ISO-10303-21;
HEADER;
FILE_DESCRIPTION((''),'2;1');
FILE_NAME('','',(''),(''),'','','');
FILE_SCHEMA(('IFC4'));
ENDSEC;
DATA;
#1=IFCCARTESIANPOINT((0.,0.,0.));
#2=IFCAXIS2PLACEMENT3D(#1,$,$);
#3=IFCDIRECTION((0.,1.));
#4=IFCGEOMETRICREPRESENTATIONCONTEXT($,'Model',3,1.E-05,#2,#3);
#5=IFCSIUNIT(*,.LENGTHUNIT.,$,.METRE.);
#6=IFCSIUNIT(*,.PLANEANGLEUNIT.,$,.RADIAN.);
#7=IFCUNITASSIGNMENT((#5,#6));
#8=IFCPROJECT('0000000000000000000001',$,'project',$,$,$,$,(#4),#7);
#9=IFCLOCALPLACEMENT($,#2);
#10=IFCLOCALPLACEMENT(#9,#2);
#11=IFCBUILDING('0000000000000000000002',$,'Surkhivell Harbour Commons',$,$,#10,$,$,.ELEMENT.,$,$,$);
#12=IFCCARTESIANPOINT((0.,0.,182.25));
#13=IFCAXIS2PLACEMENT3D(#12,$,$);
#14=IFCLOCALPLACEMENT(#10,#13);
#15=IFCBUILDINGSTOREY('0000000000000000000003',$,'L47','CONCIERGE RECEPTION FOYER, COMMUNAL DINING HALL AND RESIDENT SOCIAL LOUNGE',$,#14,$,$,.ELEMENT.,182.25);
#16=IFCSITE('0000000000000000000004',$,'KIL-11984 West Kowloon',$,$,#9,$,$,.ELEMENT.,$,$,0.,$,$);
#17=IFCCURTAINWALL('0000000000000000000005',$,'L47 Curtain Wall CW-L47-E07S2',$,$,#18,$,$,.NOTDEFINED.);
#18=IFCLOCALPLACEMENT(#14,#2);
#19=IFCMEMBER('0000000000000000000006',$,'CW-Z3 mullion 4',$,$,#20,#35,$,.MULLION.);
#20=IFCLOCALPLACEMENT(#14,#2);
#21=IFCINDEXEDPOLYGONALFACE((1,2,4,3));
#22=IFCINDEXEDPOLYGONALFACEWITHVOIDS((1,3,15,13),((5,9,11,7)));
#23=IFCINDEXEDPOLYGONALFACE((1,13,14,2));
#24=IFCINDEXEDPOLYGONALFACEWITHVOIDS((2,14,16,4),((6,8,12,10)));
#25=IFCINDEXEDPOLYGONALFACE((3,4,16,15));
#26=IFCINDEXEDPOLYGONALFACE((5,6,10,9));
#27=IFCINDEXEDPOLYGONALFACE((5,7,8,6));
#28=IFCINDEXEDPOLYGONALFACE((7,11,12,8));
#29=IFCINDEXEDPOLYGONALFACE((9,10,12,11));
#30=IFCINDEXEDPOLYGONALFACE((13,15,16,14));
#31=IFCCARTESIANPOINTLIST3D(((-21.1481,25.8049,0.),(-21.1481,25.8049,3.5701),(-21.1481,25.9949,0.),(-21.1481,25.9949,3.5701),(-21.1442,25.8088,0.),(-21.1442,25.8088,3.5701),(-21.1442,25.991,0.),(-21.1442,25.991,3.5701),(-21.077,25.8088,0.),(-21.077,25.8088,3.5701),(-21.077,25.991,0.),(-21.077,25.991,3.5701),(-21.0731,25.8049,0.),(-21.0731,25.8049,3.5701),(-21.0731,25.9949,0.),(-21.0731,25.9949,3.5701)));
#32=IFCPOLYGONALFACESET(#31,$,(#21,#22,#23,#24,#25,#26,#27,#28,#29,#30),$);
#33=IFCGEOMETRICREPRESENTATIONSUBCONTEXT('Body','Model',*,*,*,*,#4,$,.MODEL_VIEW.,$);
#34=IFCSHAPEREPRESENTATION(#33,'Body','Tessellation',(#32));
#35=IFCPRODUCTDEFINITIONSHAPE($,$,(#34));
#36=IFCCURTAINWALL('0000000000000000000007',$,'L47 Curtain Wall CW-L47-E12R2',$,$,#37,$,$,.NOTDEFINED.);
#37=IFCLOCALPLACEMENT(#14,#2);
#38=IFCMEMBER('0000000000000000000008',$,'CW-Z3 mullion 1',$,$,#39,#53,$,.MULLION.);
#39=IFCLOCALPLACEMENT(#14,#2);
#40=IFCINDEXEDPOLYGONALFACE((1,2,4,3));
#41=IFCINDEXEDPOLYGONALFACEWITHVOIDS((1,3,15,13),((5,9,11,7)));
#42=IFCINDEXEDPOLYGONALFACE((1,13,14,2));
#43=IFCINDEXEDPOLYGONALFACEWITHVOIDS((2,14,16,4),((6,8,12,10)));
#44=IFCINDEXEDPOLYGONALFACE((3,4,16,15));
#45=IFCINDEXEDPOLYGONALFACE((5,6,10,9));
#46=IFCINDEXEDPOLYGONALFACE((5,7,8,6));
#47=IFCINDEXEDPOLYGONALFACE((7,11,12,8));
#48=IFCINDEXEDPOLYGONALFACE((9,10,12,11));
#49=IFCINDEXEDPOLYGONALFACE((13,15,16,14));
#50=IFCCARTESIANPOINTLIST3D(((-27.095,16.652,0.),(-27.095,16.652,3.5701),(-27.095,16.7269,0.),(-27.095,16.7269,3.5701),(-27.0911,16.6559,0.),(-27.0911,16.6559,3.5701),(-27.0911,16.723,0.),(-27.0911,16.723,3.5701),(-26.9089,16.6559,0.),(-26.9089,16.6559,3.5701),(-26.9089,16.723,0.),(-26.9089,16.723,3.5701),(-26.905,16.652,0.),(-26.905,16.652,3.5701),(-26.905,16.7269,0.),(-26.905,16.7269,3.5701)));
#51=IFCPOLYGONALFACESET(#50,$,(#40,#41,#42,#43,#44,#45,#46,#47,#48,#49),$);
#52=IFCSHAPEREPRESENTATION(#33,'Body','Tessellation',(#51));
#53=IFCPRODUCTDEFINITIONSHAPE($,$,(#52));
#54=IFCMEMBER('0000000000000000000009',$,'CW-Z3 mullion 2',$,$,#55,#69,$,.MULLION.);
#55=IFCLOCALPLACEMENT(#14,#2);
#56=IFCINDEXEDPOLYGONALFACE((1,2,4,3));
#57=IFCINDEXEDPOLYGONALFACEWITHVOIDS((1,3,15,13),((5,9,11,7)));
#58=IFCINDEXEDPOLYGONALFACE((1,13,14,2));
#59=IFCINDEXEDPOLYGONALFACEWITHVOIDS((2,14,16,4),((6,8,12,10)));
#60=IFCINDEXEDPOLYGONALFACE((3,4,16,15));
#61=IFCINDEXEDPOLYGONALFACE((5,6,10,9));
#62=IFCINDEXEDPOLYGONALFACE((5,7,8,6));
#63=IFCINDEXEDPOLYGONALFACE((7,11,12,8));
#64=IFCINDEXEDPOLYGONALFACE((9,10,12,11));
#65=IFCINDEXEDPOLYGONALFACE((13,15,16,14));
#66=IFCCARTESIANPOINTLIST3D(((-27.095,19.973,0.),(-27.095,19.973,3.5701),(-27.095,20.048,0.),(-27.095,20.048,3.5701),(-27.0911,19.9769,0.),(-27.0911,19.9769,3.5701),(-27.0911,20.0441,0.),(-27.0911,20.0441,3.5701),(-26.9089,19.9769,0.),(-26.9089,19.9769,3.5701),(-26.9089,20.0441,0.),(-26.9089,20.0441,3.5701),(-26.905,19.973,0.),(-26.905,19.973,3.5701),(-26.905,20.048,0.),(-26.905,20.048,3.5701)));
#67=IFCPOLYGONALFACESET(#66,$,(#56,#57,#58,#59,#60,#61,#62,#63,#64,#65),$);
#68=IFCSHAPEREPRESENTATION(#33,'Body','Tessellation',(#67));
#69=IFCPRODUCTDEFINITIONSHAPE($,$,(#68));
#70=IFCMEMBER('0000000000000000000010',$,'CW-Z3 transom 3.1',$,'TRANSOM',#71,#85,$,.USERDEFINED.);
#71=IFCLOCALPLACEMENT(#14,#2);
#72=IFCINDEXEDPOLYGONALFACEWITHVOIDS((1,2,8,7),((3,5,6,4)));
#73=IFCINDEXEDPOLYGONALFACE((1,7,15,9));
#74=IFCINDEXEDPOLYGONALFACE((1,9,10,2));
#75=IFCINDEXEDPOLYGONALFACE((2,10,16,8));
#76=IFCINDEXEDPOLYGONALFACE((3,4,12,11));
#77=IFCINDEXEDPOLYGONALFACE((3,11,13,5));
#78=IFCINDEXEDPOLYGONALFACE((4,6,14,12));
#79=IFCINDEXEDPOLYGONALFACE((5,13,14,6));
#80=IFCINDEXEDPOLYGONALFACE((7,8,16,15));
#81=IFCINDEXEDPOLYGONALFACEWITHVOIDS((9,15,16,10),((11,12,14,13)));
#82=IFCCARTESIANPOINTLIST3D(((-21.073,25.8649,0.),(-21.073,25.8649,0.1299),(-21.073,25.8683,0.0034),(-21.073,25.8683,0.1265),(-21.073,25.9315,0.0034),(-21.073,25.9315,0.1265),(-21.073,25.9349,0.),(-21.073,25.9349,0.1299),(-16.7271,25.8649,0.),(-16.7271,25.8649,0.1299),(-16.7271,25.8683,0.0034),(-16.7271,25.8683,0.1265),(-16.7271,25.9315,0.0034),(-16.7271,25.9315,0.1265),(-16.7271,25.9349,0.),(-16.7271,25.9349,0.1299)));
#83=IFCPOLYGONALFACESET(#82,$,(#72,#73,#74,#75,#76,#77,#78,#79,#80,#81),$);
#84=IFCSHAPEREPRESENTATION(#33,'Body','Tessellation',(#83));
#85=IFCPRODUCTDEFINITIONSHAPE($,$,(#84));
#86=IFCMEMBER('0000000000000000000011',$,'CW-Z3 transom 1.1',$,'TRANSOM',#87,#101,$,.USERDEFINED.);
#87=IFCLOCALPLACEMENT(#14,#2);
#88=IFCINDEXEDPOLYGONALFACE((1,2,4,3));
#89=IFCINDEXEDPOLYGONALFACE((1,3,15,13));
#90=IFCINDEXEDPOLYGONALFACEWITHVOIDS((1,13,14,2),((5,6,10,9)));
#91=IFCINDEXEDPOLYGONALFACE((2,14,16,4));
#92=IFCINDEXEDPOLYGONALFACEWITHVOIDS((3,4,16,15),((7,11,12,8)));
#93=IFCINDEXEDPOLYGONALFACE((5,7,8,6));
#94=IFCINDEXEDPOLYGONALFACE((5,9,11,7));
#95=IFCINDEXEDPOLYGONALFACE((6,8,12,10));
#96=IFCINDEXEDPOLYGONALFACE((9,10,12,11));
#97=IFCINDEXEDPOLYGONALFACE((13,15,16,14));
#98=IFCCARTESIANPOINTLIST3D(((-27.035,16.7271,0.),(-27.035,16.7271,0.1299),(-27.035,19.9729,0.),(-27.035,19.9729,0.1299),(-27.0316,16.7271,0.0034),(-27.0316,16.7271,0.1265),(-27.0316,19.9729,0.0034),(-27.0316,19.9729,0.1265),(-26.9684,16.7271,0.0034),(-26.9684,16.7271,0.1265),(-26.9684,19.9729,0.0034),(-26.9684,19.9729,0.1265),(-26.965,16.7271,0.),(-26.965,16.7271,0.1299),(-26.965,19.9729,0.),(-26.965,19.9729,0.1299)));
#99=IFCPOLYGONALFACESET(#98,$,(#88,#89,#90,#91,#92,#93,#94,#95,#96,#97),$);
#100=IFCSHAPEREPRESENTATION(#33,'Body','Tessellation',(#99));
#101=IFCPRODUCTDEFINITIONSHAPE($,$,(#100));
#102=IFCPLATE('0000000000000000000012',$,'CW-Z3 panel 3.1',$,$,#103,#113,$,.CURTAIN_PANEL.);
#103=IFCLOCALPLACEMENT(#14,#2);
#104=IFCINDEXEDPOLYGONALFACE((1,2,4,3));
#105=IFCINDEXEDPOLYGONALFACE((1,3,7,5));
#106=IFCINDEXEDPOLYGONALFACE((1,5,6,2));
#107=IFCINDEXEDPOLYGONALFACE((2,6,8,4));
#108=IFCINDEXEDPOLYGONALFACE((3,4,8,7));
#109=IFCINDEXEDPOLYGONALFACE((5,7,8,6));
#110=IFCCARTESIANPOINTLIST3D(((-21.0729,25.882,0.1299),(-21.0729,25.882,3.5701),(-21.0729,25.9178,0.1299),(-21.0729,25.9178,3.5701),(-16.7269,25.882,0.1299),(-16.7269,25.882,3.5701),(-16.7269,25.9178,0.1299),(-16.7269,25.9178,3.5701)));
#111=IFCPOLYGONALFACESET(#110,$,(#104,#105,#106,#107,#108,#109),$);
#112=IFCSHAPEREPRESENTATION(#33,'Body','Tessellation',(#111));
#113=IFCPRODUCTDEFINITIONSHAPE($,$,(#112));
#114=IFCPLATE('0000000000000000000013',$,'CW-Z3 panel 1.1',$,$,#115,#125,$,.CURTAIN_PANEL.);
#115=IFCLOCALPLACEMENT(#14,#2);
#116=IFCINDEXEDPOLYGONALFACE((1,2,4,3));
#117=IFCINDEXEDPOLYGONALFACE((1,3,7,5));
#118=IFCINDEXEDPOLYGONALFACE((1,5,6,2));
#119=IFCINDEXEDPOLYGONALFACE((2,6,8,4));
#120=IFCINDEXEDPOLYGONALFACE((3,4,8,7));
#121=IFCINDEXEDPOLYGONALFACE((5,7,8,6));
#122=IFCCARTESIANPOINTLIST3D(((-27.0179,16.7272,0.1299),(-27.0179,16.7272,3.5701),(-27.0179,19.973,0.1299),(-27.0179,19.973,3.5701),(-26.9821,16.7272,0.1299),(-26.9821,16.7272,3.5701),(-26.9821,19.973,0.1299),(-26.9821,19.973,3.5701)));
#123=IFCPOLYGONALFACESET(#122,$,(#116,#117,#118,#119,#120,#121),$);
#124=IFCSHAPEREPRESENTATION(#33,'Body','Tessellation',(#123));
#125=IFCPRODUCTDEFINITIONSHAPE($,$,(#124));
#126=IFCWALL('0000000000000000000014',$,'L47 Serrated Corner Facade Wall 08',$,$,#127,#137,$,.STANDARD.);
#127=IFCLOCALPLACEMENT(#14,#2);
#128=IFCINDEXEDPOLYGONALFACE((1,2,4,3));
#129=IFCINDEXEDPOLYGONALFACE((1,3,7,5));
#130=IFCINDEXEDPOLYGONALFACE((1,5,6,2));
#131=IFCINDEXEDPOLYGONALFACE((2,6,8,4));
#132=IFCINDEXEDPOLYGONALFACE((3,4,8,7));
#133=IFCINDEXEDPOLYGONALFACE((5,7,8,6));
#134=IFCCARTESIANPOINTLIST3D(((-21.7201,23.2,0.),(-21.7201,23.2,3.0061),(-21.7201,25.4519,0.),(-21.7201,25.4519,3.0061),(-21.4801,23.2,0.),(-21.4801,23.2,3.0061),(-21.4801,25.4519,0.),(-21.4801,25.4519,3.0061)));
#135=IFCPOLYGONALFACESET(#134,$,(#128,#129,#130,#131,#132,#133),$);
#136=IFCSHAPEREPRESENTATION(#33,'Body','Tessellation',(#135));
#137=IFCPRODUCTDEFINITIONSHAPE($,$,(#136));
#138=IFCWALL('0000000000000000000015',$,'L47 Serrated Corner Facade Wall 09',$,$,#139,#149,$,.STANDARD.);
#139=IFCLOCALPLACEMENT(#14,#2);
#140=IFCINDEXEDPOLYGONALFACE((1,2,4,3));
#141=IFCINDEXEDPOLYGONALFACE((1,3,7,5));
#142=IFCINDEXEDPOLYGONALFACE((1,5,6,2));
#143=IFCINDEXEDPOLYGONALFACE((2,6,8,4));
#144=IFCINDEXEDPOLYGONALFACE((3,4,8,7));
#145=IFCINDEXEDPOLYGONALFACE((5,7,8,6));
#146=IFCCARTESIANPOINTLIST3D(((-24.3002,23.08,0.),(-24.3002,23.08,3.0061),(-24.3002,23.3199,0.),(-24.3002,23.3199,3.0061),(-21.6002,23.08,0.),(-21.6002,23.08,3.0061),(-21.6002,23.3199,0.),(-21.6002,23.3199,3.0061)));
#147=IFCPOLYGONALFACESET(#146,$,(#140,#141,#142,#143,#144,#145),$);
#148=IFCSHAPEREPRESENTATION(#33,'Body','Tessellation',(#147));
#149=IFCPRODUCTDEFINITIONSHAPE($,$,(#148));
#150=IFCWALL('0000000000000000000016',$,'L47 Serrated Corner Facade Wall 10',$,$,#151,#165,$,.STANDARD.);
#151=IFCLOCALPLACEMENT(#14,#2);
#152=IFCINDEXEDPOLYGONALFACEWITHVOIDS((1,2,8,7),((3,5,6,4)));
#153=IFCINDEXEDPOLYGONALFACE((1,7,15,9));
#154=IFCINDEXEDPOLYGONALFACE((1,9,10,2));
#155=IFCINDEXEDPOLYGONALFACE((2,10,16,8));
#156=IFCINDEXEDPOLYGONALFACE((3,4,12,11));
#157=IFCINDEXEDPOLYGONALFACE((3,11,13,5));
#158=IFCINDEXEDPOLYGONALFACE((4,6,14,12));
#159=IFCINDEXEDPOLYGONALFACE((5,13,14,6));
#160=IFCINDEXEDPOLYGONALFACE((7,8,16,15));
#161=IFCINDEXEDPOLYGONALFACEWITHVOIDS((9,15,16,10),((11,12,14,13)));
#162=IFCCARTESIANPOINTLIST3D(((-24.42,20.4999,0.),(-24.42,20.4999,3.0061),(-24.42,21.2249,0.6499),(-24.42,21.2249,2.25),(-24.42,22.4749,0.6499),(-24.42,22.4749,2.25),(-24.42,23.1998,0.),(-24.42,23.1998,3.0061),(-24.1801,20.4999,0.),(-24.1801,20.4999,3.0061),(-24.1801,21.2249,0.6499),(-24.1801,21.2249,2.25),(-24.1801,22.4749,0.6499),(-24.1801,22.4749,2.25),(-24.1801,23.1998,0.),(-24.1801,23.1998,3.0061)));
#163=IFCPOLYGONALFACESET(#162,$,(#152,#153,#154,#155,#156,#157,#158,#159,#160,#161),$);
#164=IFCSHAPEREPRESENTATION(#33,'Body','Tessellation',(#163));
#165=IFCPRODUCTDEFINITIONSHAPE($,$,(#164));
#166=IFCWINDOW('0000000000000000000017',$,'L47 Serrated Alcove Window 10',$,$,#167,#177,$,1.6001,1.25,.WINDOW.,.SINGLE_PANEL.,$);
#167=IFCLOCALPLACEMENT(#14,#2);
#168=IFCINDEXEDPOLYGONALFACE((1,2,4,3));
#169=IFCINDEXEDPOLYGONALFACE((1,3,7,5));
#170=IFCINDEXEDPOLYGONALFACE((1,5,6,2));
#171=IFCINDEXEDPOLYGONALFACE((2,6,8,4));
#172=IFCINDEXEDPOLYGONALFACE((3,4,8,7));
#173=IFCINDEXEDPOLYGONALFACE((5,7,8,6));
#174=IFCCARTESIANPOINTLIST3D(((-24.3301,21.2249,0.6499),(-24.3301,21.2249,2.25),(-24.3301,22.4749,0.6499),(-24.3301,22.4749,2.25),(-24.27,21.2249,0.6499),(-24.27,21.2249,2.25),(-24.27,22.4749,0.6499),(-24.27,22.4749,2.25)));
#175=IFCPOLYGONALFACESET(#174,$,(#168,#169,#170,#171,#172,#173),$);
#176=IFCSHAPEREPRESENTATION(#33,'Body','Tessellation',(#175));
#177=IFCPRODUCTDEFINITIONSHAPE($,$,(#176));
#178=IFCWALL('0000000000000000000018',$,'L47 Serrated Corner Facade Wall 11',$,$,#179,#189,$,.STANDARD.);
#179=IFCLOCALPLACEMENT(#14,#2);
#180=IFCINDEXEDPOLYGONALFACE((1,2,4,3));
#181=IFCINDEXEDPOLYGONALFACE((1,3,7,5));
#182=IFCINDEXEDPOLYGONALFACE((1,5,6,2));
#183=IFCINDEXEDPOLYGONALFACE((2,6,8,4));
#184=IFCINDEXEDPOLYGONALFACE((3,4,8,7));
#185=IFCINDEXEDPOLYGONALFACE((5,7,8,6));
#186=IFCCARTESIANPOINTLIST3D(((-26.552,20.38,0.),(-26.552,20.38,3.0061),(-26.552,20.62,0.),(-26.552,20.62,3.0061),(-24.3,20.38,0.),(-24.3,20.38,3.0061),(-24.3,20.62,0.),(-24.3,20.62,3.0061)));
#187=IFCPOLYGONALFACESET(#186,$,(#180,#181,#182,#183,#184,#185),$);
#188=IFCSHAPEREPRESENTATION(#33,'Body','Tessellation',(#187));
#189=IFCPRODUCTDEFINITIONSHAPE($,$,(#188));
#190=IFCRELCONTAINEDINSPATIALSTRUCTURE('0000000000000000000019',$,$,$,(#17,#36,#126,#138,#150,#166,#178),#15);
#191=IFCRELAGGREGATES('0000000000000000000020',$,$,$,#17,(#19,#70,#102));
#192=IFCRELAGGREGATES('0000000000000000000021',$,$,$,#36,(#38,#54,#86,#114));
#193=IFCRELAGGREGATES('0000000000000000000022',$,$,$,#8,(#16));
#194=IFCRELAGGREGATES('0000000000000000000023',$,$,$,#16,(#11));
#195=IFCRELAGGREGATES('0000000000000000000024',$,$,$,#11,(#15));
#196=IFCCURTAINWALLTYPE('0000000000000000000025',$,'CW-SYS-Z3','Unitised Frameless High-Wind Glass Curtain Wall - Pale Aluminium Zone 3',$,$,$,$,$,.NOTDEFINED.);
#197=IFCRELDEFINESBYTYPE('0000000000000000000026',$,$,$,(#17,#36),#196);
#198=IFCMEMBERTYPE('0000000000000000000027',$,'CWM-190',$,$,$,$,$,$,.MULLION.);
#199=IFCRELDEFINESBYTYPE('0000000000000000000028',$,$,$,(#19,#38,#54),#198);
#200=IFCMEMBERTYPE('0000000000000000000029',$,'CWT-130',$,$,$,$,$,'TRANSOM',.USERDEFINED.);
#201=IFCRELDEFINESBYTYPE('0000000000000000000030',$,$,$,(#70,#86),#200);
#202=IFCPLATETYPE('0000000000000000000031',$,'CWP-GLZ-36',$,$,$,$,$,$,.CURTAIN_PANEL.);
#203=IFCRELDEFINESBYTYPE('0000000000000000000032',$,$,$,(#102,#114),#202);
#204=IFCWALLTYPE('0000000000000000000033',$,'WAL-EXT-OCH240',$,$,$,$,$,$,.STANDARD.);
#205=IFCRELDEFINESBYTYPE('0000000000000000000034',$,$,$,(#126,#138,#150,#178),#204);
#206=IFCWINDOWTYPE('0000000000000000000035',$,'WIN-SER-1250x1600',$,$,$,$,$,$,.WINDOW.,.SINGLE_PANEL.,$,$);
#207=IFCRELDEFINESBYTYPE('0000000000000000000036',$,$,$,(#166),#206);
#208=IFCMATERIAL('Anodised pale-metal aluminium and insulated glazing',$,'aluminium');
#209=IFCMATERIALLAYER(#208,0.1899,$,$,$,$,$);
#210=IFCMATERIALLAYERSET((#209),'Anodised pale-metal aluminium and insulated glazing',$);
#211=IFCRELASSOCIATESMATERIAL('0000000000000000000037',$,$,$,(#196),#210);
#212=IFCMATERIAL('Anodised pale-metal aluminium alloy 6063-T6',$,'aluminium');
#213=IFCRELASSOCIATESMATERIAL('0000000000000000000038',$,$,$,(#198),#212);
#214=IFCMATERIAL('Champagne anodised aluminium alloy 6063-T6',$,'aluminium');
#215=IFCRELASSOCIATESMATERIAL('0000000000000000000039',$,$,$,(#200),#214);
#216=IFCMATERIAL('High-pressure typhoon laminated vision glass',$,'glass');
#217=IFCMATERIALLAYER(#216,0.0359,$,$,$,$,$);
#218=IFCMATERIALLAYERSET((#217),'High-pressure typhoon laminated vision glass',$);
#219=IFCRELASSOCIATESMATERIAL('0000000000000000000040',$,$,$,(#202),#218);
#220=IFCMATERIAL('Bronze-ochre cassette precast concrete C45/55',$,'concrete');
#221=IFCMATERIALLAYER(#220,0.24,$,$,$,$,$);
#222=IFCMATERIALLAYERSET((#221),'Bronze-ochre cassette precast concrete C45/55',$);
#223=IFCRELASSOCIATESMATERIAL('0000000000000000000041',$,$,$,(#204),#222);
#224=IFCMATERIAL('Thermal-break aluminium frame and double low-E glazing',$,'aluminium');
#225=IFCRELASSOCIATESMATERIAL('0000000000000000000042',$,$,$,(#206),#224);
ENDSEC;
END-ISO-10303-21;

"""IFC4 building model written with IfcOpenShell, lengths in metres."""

from ifc_helpers import new_model, si_unit, direction, frame, frame_2d, origin, origin_2d, place, context, subcontext, project, spatial, rectangle, hollow_rectangle, extrude, material, layer, layer_set, material_profile, profile_set, type_object, element, fill, aggregate, save


model = new_model("IFC4")

# Units and contexts
model_context = context("Model", 3, precision=1e-05, world=origin(), true_north=direction((0.0, 1.0)))
body_context = subcontext(model_context, "Body", "Model", "MODEL_VIEW")
ifc_project = project(units=[si_unit("LENGTHUNIT", "METRE"), si_unit("PLANEANGLEUNIT", "RADIAN")], contexts=[model_context])

# Site, building, storey
site_placement = place(None, origin())
site = spatial("IfcSite", under=ifc_project, at=site_placement, Name="KIL-11984 West Kowloon", CompositionType="ELEMENT", RefElevation=0.0)
building_placement = place(site_placement, origin())
building = spatial("IfcBuilding", under=site, at=building_placement, Name="Surkhivell Harbour Commons", CompositionType="ELEMENT")
storey_placement = place(building_placement, frame((0.0, 0.0, 182.25)))
storey = spatial("IfcBuildingStorey", under=building, at=storey_placement, Name="L47", Description="CONCIERGE RECEPTION FOYER, COMMUNAL DINING HALL AND RESIDENT SOCIAL LOUNGE", CompositionType="ELEMENT", Elevation=182.25)

# Curtain walls, members
ifc_material_1 = material(Name="Anodised pale-metal aluminium and insulated glazing", Category="aluminium")
ifc_layer_1 = layer(ifc_material_1, 0.1899)
ifc_layer_set_1 = layer_set([ifc_layer_1], Name="Anodised pale-metal aluminium and insulated glazing")
curtain_wall_type = type_object("IfcCurtainWallType", Name="CW-SYS-Z3", Description="Unitised Frameless High-Wind Glass Curtain Wall - Pale Aluminium Zone 3", PredefinedType="NOTDEFINED", material=ifc_layer_set_1)
curtain_wall_1_placement = place(storey_placement, origin())
curtain_wall_1 = element("IfcCurtainWall", 1, at=curtain_wall_1_placement, inside=storey, type_object=curtain_wall_type, Name="L47 Curtain Wall CW-L47-E07S2", PredefinedType="NOTDEFINED")
ifc_material_2 = material(Name="Anodised pale-metal aluminium alloy 6063-T6", Category="aluminium")
ifc_material_profile_1 = material_profile(ifc_material_2, hollow_rectangle(XDim=0.075, YDim=0.1899, WallThickness=0.0039, at=origin_2d()), Name="ALU-MULL-75x190")
ifc_profile_set_1 = profile_set([ifc_material_profile_1], Name="Anodised pale-metal aluminium alloy 6063-T6")
member_type_1 = type_object("IfcMemberType", Name="CWM-190", PredefinedType="MULLION", material=ifc_profile_set_1)
member_1_placement = place(storey_placement, frame((-21.1106, 25.8999, 0.0), z_axis=(0.0, 0.0, 1.0), x_axis=(-1.0, 0.0, 0.0)))
member_1 = element("IfcMember", 2, at=member_1_placement, type_object=member_type_1, Name="CW-Z3 mullion 4", PredefinedType="MULLION", context=body_context, shape_type="SweptSolid", body=[
    extrude(hollow_rectangle(XDim=0.075, YDim=0.1899, WallThickness=0.0039, at=origin_2d()), origin(), (0.0, 0.0, 1.0), 3.5701),
])
curtain_wall_2_placement = place(storey_placement, origin())
curtain_wall_2 = element("IfcCurtainWall", 3, at=curtain_wall_2_placement, inside=storey, type_object=curtain_wall_type, Name="L47 Curtain Wall CW-L47-E12R2", PredefinedType="NOTDEFINED")
member_2_placement = place(storey_placement, frame((-27.0, 16.6895, 0.0), z_axis=(0.0, 0.0, 1.0), x_axis=(0.0, 1.0, 0.0)))
member_2 = element("IfcMember", 4, at=member_2_placement, type_object=member_type_1, Name="CW-Z3 mullion 1", PredefinedType="MULLION", context=body_context, shape_type="SweptSolid", body=[
    extrude(hollow_rectangle(XDim=0.075, YDim=0.1899, WallThickness=0.0039, at=origin_2d()), origin(), (0.0, 0.0, 1.0), 3.5701),
])
member_3_placement = place(storey_placement, frame((-27.0, 20.0105, 0.0), z_axis=(0.0, 0.0, 1.0), x_axis=(0.0, 1.0, 0.0)))
member_3 = element("IfcMember", 5, at=member_3_placement, type_object=member_type_1, Name="CW-Z3 mullion 2", PredefinedType="MULLION", context=body_context, shape_type="SweptSolid", body=[
    extrude(hollow_rectangle(XDim=0.075, YDim=0.1899, WallThickness=0.0039, at=origin_2d()), origin(), (0.0, 0.0, 1.0), 3.5701),
])

# Members
ifc_material_3 = material(Name="Champagne anodised aluminium alloy 6063-T6", Category="aluminium")
ifc_material_profile_2 = material_profile(ifc_material_3, hollow_rectangle(XDim=0.0701, YDim=0.1299, WallThickness=0.0034, at=origin_2d()), Name="ALU-TRAN-70x130")
ifc_profile_set_2 = profile_set([ifc_material_profile_2], Name="Champagne anodised aluminium alloy 6063-T6")
member_type_2 = type_object("IfcMemberType", Name="CWT-130", ElementType="TRANSOM", PredefinedType="USERDEFINED", material=ifc_profile_set_2)
member_4_placement = place(storey_placement, frame((-16.7271, 25.8999, 0.0649), z_axis=(-1.0, 0.0, 0.0), x_axis=(0.0, -1.0, 0.0)))
member_4 = element("IfcMember", 6, at=member_4_placement, type_object=member_type_2, Name="CW-Z3 transom 3.1", ObjectType="TRANSOM", PredefinedType="USERDEFINED", context=body_context, shape_type="SweptSolid", body=[
    extrude(hollow_rectangle(XDim=0.0701, YDim=0.1299, WallThickness=0.0034, at=origin_2d()), origin(), (0.0, 0.0, 1.0), 4.3459),
])
member_5_placement = place(storey_placement, frame((-27.0, 16.7271, 0.0649), z_axis=(0.0, 1.0, 0.0), x_axis=(-1.0, 0.0, 0.0)))
member_5 = element("IfcMember", 7, at=member_5_placement, type_object=member_type_2, Name="CW-Z3 transom 1.1", ObjectType="TRANSOM", PredefinedType="USERDEFINED", context=body_context, shape_type="SweptSolid", body=[
    extrude(hollow_rectangle(XDim=0.0701, YDim=0.1299, WallThickness=0.0034, at=origin_2d()), origin(), (0.0, 0.0, 1.0), 3.2458),
])

# Plates
ifc_material_4 = material(Name="High-pressure typhoon laminated vision glass", Category="glass")
ifc_layer_2 = layer(ifc_material_4, 0.0359)
ifc_layer_set_2 = layer_set([ifc_layer_2], Name="High-pressure typhoon laminated vision glass")
plate_type = type_object("IfcPlateType", Name="CWP-GLZ-36", PredefinedType="CURTAIN_PANEL", material=ifc_layer_set_2)
plate_1_placement = place(storey_placement, frame((-16.7271, 25.8999, 0.1299), z_axis=(0.0, 0.0, 1.0), x_axis=(-1.0, 0.0, 0.0)))
plate_1 = element("IfcPlate", 8, at=plate_1_placement, type_object=plate_type, Name="CW-Z3 panel 3.1", PredefinedType="CURTAIN_PANEL", context=body_context, shape_type="SweptSolid", body=[
    extrude(rectangle(XDim=4.3459, YDim=0.0359, at=frame_2d((2.1729, 0.0))), origin(), (0.0, 0.0, 1.0), 3.4402),
])
aggregate(curtain_wall_1, [member_1, member_4, plate_1])
plate_2_placement = place(storey_placement, frame((-27.0, 16.7271, 0.1299), z_axis=(0.0, 0.0, 1.0), x_axis=(0.0, 1.0, 0.0)))
plate_2 = element("IfcPlate", 9, at=plate_2_placement, type_object=plate_type, Name="CW-Z3 panel 1.1", PredefinedType="CURTAIN_PANEL", context=body_context, shape_type="SweptSolid", body=[
    extrude(rectangle(XDim=3.2458, YDim=0.0359, at=frame_2d((1.623, 0.0))), origin(), (0.0, 0.0, 1.0), 3.4402),
])
aggregate(curtain_wall_2, [member_2, member_3, member_5, plate_2])

# Walls
ifc_material_5 = material(Name="Bronze-ochre cassette precast concrete C45/55", Category="concrete")
ifc_layer_3 = layer(ifc_material_5, 0.24)
ifc_layer_set_3 = layer_set([ifc_layer_3], Name="Bronze-ochre cassette precast concrete C45/55")
wall_type_1 = type_object("IfcWallType", Name="WAL-EXT-OCH240", PredefinedType="STANDARD", material=ifc_layer_set_3)
wall_1_placement = place(storey_placement, frame((-21.6001, 25.4519, 0.0), z_axis=(0.0, 0.0, 1.0), x_axis=(0.0, -1.0, 0.0)))
element("IfcWall", 10, at=wall_1_placement, inside=storey, type_object=wall_type_1, Name="L47 Serrated Corner Facade Wall 08", PredefinedType="STANDARD", context=body_context, shape_type="SweptSolid", body=[
    extrude(rectangle(XDim=2.252, YDim=0.24, at=frame_2d((1.126, 0.0))), origin(), (0.0, 0.0, 1.0), 3.0061),
])
wall_2_placement = place(storey_placement, frame((-21.6001, 23.2, 0.0), z_axis=(0.0, 0.0, 1.0), x_axis=(-1.0, 0.0, 0.0)))
element("IfcWall", 11, at=wall_2_placement, inside=storey, type_object=wall_type_1, Name="L47 Serrated Corner Facade Wall 09", PredefinedType="STANDARD", context=body_context, shape_type="SweptSolid", body=[
    extrude(rectangle(XDim=2.7, YDim=0.24, at=frame_2d((1.3501, 0.0))), origin(), (0.0, 0.0, 1.0), 3.0061),
])

# Wall, opening, window
wall_3_placement = place(storey_placement, frame((-24.3, 23.2, 0.0), z_axis=(0.0, 0.0, 1.0), x_axis=(0.0, -1.0, 0.0)))
wall_3 = element("IfcWall", 12, at=wall_3_placement, inside=storey, type_object=wall_type_1, Name="L47 Serrated Corner Facade Wall 10", PredefinedType="STANDARD", context=body_context, shape_type="SweptSolid", body=[
    extrude(rectangle(XDim=2.7, YDim=0.24, at=frame_2d((1.3501, 0.0))), origin(), (0.0, 0.0, 1.0), 3.0061),
])
opening_1_placement = place(wall_3_placement, frame((0.7251, 0.0, 0.6499)))
opening_1 = element("IfcOpeningElement", 13, at=opening_1_placement, cuts=wall_3, PredefinedType="OPENING", context=body_context, shape_type="SweptSolid", body=[
    extrude(rectangle(XDim=1.25, YDim=1.6001, at=frame_2d((0.625, 0.8))), frame((0.0, 0.1299, 0.0), z_axis=(0.0, -1.0, 0.0), x_axis=(1.0, 0.0, 0.0)), (0.0, 0.0, 1.0), 0.26),
])
ifc_material_6 = material(Name="Thermal-break aluminium frame and double low-E glazing", Category="aluminium")
window_type_1 = type_object("IfcWindowType", Name="WIN-SER-1250x1600", PartitioningType="SINGLE_PANEL", PredefinedType="WINDOW", material=ifc_material_6)
window_1_placement = place(opening_1_placement, origin())
window_1 = element("IfcWindow", 14, at=window_1_placement, inside=storey, type_object=window_type_1, Name="L47 Serrated Alcove Window 10", OverallHeight=1.6001, OverallWidth=1.25, PartitioningType="SINGLE_PANEL", PredefinedType="WINDOW", context=body_context, shape_type="SweptSolid", body=[
    extrude(rectangle(XDim=1.25, YDim=1.6001, at=frame_2d((0.625, 0.8))), frame((0.0, 0.03, 0.0), z_axis=(0.0, -1.0, 0.0), x_axis=(1.0, 0.0, 0.0)), (0.0, 0.0, 1.0), 0.0601),
])
fill(opening_1, window_1)

# Wall
wall_4_placement = place(storey_placement, frame((-24.3, 20.5, 0.0), z_axis=(0.0, 0.0, 1.0), x_axis=(-1.0, 0.0, 0.0)))
element("IfcWall", 15, at=wall_4_placement, inside=storey, type_object=wall_type_1, Name="L47 Serrated Corner Facade Wall 11", PredefinedType="STANDARD", context=body_context, shape_type="SweptSolid", body=[
    extrude(rectangle(XDim=2.252, YDim=0.24, at=frame_2d((1.126, 0.0))), origin(), (0.0, 0.0, 1.0), 3.0061),
])

save(model, "model.ifc")
